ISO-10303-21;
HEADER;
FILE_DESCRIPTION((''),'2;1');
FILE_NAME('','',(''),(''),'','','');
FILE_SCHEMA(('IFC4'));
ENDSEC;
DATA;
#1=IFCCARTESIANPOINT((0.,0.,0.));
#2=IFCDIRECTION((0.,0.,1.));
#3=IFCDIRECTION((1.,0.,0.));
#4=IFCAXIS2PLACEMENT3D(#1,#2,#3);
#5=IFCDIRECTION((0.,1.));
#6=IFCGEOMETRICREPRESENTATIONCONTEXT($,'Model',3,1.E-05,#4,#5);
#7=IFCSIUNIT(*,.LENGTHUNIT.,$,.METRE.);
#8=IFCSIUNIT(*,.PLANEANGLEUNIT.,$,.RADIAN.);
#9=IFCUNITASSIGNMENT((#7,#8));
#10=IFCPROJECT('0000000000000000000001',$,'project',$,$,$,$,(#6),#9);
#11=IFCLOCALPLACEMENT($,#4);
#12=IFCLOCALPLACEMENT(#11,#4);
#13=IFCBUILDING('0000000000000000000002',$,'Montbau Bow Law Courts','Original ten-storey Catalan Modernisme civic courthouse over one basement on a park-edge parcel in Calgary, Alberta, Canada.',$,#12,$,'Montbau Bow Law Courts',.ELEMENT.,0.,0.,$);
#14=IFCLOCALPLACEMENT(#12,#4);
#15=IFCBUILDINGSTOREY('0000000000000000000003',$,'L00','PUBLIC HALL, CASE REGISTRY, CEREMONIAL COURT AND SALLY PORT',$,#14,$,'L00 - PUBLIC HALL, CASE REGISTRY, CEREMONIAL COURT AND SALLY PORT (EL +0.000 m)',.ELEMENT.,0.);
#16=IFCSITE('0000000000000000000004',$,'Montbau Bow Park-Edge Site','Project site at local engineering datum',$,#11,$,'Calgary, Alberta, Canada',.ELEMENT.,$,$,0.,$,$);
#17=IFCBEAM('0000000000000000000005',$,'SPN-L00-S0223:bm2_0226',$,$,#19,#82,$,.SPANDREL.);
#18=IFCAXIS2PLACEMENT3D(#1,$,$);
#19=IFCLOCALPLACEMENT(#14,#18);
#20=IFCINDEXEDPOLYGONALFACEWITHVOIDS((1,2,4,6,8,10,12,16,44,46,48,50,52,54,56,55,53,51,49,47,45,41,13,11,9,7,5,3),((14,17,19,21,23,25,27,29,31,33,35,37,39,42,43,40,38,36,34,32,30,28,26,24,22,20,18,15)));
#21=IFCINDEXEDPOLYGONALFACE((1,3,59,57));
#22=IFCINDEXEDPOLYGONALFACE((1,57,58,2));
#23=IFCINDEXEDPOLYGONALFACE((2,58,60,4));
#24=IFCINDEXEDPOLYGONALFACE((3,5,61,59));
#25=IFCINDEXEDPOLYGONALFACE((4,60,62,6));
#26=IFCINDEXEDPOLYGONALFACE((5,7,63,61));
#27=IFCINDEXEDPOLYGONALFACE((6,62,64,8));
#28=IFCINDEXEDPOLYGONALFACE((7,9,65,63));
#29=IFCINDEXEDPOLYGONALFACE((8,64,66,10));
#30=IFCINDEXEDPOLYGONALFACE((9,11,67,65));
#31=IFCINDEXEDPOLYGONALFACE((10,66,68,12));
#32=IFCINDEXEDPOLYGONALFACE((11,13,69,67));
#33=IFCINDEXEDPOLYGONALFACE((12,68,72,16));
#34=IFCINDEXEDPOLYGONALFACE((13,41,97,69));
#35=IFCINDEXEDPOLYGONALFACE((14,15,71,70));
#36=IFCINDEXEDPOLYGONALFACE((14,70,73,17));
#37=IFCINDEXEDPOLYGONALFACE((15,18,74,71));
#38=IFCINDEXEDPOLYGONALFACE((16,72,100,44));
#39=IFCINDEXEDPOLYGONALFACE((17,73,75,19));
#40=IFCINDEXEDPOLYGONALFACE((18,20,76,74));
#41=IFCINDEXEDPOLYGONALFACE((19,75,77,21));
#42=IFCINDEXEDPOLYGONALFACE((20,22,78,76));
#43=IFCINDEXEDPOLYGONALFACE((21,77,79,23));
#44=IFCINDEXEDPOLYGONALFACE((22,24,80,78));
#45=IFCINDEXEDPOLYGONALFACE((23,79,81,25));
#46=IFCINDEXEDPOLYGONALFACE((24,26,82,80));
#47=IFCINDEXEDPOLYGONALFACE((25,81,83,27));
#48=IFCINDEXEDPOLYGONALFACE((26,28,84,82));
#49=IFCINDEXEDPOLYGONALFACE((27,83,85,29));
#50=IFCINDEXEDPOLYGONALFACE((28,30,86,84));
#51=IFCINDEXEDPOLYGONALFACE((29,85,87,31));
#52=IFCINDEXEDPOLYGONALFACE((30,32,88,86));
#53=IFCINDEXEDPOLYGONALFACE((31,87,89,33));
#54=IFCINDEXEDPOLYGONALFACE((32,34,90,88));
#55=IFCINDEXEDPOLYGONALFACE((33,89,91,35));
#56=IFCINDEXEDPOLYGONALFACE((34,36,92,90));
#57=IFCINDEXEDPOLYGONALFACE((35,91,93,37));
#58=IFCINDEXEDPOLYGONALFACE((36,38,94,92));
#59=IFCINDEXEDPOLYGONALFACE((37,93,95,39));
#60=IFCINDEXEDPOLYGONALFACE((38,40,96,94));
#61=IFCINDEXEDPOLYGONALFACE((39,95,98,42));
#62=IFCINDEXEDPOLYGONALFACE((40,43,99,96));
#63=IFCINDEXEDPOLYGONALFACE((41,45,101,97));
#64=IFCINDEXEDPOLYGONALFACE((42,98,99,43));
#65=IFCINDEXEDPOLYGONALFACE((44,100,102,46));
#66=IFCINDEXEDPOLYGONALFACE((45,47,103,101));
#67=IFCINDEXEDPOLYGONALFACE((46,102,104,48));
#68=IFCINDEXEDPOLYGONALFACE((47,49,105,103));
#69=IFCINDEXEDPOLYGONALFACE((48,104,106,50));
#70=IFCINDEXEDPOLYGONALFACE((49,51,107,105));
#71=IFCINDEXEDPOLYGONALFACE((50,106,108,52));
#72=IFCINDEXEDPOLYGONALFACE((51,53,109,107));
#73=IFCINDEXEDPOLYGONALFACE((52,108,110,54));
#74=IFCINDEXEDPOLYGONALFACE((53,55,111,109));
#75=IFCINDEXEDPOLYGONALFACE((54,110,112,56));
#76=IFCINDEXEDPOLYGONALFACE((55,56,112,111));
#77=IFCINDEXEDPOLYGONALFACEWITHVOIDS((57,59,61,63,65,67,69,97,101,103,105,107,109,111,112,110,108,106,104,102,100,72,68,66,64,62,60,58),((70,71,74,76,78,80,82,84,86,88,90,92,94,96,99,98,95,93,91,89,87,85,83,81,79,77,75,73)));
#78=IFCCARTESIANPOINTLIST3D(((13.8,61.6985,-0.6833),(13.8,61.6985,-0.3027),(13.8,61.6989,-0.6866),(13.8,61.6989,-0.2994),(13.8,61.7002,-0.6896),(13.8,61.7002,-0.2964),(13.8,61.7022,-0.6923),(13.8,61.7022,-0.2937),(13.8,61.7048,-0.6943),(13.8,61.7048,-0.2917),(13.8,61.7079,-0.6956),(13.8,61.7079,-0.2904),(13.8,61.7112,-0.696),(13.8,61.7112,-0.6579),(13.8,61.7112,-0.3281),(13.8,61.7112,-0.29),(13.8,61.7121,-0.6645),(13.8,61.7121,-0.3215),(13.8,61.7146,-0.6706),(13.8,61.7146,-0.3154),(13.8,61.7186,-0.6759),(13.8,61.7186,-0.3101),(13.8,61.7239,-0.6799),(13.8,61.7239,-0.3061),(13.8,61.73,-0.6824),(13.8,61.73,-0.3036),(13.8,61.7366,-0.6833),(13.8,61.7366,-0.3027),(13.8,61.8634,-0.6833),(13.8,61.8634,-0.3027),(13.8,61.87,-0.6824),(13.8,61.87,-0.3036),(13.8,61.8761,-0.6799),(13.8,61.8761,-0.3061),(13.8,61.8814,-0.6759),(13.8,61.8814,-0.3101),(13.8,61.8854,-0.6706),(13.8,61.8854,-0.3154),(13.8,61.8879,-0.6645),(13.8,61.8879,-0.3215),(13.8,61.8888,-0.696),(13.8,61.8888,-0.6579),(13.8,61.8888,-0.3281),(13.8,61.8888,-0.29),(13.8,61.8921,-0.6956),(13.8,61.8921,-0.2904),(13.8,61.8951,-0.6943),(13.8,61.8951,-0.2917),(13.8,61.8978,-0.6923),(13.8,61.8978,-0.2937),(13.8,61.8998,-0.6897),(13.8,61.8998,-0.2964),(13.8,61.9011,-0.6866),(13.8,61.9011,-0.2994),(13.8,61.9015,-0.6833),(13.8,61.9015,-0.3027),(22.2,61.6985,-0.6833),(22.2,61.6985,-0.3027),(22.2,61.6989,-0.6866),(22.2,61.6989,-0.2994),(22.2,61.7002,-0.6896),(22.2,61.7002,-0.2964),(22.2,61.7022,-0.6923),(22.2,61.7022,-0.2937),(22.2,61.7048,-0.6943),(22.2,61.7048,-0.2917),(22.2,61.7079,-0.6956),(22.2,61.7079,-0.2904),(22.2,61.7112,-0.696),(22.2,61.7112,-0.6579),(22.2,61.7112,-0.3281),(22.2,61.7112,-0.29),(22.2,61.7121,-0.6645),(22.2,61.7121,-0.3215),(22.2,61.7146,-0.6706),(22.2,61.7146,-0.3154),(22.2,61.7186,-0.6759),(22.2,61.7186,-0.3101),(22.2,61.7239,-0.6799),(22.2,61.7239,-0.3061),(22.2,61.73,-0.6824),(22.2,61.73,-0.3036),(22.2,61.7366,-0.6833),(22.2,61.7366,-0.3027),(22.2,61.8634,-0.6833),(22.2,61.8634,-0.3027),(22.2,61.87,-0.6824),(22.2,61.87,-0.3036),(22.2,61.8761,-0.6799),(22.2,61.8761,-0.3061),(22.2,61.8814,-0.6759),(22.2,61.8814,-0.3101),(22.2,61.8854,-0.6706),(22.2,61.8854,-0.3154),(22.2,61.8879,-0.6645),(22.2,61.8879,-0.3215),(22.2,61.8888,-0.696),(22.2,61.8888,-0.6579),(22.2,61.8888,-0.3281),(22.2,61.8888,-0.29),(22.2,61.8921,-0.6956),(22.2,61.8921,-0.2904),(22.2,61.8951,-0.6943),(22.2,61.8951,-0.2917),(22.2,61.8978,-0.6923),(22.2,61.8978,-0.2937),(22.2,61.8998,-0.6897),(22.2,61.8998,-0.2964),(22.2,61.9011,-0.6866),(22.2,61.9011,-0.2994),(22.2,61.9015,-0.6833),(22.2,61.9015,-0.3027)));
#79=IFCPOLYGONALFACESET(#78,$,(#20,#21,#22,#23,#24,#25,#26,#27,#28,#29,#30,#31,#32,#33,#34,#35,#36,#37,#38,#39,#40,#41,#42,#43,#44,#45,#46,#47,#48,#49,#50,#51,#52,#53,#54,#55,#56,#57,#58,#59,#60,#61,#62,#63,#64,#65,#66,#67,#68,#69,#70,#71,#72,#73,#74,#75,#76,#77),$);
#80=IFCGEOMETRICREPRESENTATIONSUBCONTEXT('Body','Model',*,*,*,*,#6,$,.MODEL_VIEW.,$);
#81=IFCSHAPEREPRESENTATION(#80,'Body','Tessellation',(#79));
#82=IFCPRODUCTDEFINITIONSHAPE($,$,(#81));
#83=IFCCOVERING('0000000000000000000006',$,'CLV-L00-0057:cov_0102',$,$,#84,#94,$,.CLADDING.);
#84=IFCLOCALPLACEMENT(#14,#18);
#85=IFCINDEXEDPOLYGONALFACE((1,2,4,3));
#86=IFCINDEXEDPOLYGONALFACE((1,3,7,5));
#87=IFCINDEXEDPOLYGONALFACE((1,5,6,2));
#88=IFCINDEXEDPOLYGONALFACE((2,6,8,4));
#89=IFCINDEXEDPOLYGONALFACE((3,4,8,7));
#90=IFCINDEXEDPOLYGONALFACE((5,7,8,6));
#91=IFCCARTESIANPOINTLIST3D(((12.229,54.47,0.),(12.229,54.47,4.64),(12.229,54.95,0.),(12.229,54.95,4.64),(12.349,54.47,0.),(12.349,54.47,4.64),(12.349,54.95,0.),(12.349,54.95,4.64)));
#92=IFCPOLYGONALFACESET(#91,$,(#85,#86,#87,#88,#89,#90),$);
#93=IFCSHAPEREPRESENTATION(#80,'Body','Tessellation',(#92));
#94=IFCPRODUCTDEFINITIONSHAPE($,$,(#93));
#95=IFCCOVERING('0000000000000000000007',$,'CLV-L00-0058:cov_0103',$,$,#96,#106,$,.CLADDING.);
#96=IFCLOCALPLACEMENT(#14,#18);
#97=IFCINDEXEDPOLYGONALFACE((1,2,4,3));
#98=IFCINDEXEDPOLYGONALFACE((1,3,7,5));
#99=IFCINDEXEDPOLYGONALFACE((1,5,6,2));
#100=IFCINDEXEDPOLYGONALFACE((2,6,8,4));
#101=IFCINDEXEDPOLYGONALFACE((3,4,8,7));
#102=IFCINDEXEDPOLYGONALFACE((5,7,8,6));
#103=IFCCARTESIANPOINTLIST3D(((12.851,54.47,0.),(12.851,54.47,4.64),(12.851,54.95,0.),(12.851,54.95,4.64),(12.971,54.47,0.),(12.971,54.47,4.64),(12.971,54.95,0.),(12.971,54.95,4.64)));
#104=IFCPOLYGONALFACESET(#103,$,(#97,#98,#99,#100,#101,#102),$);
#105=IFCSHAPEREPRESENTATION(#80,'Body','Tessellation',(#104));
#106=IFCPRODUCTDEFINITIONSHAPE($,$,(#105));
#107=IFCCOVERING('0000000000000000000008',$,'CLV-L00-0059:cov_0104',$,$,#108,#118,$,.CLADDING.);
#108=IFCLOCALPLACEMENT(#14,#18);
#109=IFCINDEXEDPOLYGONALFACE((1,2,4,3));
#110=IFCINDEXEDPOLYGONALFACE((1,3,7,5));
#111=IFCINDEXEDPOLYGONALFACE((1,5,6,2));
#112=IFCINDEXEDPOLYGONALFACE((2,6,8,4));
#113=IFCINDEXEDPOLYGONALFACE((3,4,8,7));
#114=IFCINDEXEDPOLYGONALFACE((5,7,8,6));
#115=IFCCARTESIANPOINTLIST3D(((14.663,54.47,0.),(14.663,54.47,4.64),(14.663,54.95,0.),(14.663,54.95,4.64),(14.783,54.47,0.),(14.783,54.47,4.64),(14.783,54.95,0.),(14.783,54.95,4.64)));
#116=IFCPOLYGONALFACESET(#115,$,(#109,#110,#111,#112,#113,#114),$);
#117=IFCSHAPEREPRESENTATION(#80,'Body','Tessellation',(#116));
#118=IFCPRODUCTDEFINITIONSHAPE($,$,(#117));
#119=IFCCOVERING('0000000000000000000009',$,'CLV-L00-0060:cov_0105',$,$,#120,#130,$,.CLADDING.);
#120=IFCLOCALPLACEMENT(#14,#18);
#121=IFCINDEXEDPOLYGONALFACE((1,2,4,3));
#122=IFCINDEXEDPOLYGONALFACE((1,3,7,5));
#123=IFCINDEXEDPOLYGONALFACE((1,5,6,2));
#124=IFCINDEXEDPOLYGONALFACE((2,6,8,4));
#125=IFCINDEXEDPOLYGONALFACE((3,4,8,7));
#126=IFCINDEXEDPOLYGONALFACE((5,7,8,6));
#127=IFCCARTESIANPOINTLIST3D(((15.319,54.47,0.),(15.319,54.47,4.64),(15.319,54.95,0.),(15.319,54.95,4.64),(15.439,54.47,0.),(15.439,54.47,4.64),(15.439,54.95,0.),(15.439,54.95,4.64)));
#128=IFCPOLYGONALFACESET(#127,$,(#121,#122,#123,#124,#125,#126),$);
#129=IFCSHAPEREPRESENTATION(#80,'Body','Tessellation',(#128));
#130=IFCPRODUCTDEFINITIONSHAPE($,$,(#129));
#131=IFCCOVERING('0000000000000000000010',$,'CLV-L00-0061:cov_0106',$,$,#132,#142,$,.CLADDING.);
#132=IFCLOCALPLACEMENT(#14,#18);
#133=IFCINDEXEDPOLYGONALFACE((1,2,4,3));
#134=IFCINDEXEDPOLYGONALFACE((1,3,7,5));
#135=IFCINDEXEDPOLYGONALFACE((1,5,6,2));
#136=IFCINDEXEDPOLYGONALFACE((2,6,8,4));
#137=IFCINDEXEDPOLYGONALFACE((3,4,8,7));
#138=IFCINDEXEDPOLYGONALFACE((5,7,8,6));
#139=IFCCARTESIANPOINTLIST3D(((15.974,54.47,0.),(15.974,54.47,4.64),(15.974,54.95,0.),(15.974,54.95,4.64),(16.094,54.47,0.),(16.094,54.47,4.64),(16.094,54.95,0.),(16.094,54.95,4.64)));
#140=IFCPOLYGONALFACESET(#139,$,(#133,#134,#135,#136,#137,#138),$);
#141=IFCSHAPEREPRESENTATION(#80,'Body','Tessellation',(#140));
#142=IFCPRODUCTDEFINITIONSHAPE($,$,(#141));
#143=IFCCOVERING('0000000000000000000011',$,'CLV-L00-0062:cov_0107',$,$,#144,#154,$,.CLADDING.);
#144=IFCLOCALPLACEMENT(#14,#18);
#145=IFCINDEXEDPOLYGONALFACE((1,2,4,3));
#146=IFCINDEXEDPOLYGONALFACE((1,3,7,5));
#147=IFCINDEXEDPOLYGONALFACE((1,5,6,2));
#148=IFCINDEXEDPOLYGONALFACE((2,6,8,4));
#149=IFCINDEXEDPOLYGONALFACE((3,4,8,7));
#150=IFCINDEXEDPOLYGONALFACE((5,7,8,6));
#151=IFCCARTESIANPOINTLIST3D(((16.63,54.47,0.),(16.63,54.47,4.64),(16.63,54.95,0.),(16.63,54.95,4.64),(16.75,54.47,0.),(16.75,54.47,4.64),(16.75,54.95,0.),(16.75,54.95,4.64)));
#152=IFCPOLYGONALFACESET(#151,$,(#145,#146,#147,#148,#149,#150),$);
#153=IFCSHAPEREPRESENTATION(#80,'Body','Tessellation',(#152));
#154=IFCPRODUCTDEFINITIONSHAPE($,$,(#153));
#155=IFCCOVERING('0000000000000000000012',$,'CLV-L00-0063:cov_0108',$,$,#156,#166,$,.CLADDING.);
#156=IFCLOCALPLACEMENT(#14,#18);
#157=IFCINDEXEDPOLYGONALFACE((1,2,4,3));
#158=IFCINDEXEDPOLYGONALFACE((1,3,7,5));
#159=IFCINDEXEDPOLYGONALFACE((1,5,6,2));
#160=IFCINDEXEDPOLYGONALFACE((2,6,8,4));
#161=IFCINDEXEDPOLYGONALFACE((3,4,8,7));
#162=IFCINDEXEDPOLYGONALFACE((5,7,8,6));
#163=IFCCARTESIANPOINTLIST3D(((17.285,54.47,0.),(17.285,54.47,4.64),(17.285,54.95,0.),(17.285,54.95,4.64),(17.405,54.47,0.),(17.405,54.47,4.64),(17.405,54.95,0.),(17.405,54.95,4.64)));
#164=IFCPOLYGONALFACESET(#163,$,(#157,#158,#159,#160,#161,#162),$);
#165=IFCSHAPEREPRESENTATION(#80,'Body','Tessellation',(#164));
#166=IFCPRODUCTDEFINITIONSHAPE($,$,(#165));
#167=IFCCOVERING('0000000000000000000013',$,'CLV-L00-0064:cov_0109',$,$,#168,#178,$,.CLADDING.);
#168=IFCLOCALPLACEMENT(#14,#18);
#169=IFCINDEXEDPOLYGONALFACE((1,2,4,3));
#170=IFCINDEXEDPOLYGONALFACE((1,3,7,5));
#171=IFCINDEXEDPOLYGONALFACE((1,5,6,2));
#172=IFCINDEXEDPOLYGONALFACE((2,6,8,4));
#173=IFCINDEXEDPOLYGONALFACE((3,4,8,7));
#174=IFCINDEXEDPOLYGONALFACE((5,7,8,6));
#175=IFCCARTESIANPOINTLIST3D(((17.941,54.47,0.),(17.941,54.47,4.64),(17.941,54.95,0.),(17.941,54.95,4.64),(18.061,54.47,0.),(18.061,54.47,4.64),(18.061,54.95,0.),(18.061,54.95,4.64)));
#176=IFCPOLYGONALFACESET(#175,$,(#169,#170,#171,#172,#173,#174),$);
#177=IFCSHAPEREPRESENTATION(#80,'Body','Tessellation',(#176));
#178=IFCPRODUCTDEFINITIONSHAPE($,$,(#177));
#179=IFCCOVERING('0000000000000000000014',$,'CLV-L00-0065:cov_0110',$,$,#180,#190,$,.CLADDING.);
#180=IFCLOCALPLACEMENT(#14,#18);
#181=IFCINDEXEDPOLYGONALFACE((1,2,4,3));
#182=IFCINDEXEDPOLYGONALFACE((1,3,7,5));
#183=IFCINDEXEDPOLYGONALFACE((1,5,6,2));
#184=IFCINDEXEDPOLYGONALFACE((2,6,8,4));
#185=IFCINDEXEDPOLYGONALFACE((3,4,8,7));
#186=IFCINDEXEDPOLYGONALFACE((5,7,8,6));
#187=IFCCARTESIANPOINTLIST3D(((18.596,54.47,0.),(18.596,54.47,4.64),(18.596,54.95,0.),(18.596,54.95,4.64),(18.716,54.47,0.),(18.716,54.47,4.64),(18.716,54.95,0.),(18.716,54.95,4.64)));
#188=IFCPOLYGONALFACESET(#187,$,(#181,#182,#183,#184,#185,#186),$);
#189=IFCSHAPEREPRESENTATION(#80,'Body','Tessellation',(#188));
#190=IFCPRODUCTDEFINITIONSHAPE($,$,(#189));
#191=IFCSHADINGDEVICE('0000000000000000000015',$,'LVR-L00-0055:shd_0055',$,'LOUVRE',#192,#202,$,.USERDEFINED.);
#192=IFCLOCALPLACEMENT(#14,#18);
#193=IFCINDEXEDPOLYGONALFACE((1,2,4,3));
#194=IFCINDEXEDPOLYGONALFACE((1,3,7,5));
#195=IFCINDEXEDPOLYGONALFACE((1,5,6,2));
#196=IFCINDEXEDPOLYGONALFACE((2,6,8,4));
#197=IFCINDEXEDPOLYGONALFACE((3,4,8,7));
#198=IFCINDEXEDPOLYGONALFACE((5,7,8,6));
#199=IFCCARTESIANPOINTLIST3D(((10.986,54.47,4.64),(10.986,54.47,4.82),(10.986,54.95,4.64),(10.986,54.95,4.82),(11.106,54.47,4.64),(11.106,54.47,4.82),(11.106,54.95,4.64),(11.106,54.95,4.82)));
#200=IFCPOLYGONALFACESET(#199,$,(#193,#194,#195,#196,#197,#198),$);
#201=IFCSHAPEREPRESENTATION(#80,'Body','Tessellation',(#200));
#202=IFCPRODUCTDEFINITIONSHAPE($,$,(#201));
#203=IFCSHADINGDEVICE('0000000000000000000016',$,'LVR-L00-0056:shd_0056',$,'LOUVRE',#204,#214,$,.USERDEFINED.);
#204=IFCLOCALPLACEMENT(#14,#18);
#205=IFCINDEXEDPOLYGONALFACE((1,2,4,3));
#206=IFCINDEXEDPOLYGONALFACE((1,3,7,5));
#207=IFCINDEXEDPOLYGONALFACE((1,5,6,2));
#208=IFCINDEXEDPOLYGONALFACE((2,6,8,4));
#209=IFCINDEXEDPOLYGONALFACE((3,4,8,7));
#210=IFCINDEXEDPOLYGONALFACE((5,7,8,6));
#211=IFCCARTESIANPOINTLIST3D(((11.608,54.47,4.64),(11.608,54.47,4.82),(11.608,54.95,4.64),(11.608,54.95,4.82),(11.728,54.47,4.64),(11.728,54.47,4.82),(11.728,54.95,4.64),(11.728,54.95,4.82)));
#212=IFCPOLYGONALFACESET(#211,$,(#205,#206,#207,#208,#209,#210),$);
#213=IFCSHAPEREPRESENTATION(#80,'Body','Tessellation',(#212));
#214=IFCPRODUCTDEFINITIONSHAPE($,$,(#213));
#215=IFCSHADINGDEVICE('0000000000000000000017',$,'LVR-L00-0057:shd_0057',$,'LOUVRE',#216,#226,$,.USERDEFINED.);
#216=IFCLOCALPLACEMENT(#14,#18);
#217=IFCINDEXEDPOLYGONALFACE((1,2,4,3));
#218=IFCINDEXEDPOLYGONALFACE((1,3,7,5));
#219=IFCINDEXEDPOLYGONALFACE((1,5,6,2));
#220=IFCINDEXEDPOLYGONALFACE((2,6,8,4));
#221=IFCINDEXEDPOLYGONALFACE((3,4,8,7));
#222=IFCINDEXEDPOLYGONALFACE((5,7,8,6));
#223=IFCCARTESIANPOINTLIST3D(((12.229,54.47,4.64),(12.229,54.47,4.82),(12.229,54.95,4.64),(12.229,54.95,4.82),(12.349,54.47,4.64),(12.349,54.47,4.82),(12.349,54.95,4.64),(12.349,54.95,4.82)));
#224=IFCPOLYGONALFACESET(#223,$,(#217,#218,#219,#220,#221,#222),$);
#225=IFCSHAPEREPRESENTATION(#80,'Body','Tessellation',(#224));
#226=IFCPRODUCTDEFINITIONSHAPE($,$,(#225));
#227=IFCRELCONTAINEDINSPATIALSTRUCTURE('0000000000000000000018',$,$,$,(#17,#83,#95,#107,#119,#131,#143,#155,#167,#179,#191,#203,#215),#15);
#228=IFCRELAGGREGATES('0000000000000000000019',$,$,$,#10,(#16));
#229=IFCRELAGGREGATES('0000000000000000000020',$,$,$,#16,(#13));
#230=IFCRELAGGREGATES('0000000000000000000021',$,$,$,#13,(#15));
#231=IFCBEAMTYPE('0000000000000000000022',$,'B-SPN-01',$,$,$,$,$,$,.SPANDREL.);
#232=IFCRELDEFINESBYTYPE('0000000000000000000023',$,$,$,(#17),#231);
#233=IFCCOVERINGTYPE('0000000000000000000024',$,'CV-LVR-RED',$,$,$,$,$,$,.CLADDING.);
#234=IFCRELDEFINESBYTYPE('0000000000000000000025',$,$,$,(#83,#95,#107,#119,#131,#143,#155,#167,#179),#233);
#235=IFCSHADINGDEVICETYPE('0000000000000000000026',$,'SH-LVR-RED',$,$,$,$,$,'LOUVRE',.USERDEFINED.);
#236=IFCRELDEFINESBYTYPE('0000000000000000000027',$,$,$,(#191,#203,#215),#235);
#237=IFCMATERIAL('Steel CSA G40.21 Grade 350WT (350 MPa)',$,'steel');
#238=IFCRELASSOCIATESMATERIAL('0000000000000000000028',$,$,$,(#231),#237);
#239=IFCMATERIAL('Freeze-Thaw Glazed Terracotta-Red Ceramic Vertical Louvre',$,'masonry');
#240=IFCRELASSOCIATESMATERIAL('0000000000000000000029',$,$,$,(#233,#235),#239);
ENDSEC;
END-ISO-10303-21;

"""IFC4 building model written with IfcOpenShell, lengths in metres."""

from ifc_helpers import new_model, si_unit, direction, frame, frame_2d, origin_with_axes, origin_2d_with_axis, place, context, subcontext, project, spatial, rectangle, hollow_rectangle, extrude, material, material_profile, profile_set, type_object, element, save


model = new_model("IFC4")

# Units and contexts
model_context = context("Model", 3, precision=1e-05, world=origin_with_axes(), true_north=direction((0.0, 1.0)))
body_context = subcontext(model_context, "Body", "Model", "MODEL_VIEW")
ifc_project = project(units=[si_unit("LENGTHUNIT", "METRE"), si_unit("PLANEANGLEUNIT", "RADIAN")], contexts=[model_context])

# Site, building, storey
site_placement = place(None, origin_with_axes())
site = spatial("IfcSite", under=ifc_project, at=site_placement, Name="Montbau Bow Park-Edge Site", Description="Project site at local engineering datum", LongName="Calgary, Alberta, Canada", CompositionType="ELEMENT", RefElevation=0.0)
building_placement = place(site_placement, origin_with_axes())
building = spatial("IfcBuilding", under=site, at=building_placement, Name="Montbau Bow Law Courts", Description="Original ten-storey Catalan Modernisme civic courthouse over one basement on a park-edge parcel in Calgary, Alberta, Canada.", LongName="Montbau Bow Law Courts", CompositionType="ELEMENT", ElevationOfRefHeight=0.0, ElevationOfTerrain=0.0)
storey_placement = place(building_placement, origin_with_axes())
storey = spatial("IfcBuildingStorey", under=building, at=storey_placement, Name="L00", Description="PUBLIC HALL, CASE REGISTRY, CEREMONIAL COURT AND SALLY PORT", LongName="L00 - PUBLIC HALL, CASE REGISTRY, CEREMONIAL COURT AND SALLY PORT (EL +0.000 m)", CompositionType="ELEMENT", Elevation=0.0)

# Shared definitions
ifc_material_1 = material(Name="Steel CSA G40.21 Grade 350WT (350 MPa)", Category="steel")

# Beam
ifc_material_profile_1 = material_profile(ifc_material_1, hollow_rectangle(XDim=0.203, YDim=0.406, WallThickness=0.0127, InnerFilletRadius=0.0254, OuterFilletRadius=0.0127, at=origin_2d_with_axis()), Name="HSS406X203X13", Category="Main", Priority=0)
ifc_profile_set_1 = profile_set([ifc_material_profile_1], Name="Steel CSA G40.21 Grade 350WT (350 MPa)")
beam_type_1 = type_object("IfcBeamType", Name="B-SPN-01", PredefinedType="SPANDREL", material=ifc_profile_set_1)
beam_1_placement = place(None, frame((13.8, 61.8, -0.493), z_axis=(1.0, 0.0, 0.0), x_axis=(0.0, 1.0, 0.0)))
element("IfcBeam", 1, at=beam_1_placement, inside=storey, type_object=beam_type_1, Name="SPN-L00-S0223:bm2_0226", PredefinedType="SPANDREL", context=body_context, shape_type="SweptSolid", body=[
    extrude(hollow_rectangle(XDim=0.203, YDim=0.406, WallThickness=0.0127, InnerFilletRadius=0.0254, OuterFilletRadius=0.0127, at=origin_2d_with_axis()), origin_with_axes(), (0.0, 0.0, 1.0), 8.4),
])

# Coverings
ifc_material_2 = material(Name="Freeze-Thaw Glazed Terracotta-Red Ceramic Vertical Louvre", Category="masonry")
covering_type = type_object("IfcCoveringType", Name="CV-LVR-RED", PredefinedType="CLADDING", material=ifc_material_2)
for number, where, z_axis, x_axis, name in (
    (2, (12.289, 54.47, 0.0), (1.0, 0.0, 0.0), (0.0, 1.0, 0.0), "CLV-L00-0057:cov_0102"),
    (3, (12.911, 54.47, 0.0), (1.0, 0.0, 0.0), (0.0, 1.0, 0.0), "CLV-L00-0058:cov_0103"),
    (4, (14.723, 54.47, 0.0), (1.0, 0.0, 0.0), (0.0, 1.0, 0.0), "CLV-L00-0059:cov_0104"),
    (5, (15.379, 54.47, 0.0), (1.0, 0.0, 0.0), (0.0, 1.0, 0.0), "CLV-L00-0060:cov_0105"),
    (6, (16.034, 54.47, 0.0), (1.0, 0.0, 0.0), (0.0, 1.0, 0.0), "CLV-L00-0061:cov_0106"),
    (7, (16.69, 54.47, 0.0), (1.0, 0.0, 0.0), (0.0, 1.0, 0.0), "CLV-L00-0062:cov_0107"),
    (8, (17.345, 54.47, 0.0), (1.0, 0.0, 0.0), (0.0, 1.0, 0.0), "CLV-L00-0063:cov_0108"),
    (9, (18.001, 54.47, 0.0), (1.0, 0.0, 0.0), (0.0, 1.0, 0.0), "CLV-L00-0064:cov_0109"),
    (10, (18.656, 54.47, 0.0), (1.0, 0.0, 0.0), (0.0, 1.0, 0.0), "CLV-L00-0065:cov_0110"),
):
    element("IfcCovering", number, at=place(None, frame(where, z_axis=z_axis, x_axis=x_axis)), inside=storey, type_object=covering_type, Name=name, PredefinedType="CLADDING", context=body_context, shape_type="SweptSolid", body=[
        extrude(rectangle(XDim=0.48, YDim=4.64, at=frame_2d((0.24, 2.32), x_axis=(1.0, 0.0))), frame((0.0, 0.0, -0.06), z_axis=(0.0, 0.0, 1.0), x_axis=(1.0, 0.0, 0.0)), (0.0, 0.0, 1.0), 0.12),
    ])

# Shading devices
shading_device_type = type_object("IfcShadingDeviceType", Name="SH-LVR-RED", ElementType="LOUVRE", PredefinedType="USERDEFINED", material=ifc_material_2)
for number, where, z_axis, x_axis, name in (
    (11, (11.046, 54.71, 4.64), (0.0, 0.0, 1.0), (0.0, 1.0, 0.0), "LVR-L00-0055:shd_0055"),
    (12, (11.668, 54.71, 4.64), (0.0, 0.0, 1.0), (0.0, 1.0, 0.0), "LVR-L00-0056:shd_0056"),
    (13, (12.289, 54.71, 4.64), (0.0, 0.0, 1.0), (0.0, 1.0, 0.0), "LVR-L00-0057:shd_0057"),
):
    element("IfcShadingDevice", number, at=place(None, frame(where, z_axis=z_axis, x_axis=x_axis)), inside=storey, type_object=shading_device_type, Name=name, ObjectType="LOUVRE", PredefinedType="USERDEFINED", context=body_context, shape_type="SweptSolid", body=[
        extrude(rectangle(XDim=0.48, YDim=0.12, at=origin_2d_with_axis()), origin_with_axes(), (0.0, 0.0, 1.0), 0.18),
    ])

save(model, "model.ifc")
